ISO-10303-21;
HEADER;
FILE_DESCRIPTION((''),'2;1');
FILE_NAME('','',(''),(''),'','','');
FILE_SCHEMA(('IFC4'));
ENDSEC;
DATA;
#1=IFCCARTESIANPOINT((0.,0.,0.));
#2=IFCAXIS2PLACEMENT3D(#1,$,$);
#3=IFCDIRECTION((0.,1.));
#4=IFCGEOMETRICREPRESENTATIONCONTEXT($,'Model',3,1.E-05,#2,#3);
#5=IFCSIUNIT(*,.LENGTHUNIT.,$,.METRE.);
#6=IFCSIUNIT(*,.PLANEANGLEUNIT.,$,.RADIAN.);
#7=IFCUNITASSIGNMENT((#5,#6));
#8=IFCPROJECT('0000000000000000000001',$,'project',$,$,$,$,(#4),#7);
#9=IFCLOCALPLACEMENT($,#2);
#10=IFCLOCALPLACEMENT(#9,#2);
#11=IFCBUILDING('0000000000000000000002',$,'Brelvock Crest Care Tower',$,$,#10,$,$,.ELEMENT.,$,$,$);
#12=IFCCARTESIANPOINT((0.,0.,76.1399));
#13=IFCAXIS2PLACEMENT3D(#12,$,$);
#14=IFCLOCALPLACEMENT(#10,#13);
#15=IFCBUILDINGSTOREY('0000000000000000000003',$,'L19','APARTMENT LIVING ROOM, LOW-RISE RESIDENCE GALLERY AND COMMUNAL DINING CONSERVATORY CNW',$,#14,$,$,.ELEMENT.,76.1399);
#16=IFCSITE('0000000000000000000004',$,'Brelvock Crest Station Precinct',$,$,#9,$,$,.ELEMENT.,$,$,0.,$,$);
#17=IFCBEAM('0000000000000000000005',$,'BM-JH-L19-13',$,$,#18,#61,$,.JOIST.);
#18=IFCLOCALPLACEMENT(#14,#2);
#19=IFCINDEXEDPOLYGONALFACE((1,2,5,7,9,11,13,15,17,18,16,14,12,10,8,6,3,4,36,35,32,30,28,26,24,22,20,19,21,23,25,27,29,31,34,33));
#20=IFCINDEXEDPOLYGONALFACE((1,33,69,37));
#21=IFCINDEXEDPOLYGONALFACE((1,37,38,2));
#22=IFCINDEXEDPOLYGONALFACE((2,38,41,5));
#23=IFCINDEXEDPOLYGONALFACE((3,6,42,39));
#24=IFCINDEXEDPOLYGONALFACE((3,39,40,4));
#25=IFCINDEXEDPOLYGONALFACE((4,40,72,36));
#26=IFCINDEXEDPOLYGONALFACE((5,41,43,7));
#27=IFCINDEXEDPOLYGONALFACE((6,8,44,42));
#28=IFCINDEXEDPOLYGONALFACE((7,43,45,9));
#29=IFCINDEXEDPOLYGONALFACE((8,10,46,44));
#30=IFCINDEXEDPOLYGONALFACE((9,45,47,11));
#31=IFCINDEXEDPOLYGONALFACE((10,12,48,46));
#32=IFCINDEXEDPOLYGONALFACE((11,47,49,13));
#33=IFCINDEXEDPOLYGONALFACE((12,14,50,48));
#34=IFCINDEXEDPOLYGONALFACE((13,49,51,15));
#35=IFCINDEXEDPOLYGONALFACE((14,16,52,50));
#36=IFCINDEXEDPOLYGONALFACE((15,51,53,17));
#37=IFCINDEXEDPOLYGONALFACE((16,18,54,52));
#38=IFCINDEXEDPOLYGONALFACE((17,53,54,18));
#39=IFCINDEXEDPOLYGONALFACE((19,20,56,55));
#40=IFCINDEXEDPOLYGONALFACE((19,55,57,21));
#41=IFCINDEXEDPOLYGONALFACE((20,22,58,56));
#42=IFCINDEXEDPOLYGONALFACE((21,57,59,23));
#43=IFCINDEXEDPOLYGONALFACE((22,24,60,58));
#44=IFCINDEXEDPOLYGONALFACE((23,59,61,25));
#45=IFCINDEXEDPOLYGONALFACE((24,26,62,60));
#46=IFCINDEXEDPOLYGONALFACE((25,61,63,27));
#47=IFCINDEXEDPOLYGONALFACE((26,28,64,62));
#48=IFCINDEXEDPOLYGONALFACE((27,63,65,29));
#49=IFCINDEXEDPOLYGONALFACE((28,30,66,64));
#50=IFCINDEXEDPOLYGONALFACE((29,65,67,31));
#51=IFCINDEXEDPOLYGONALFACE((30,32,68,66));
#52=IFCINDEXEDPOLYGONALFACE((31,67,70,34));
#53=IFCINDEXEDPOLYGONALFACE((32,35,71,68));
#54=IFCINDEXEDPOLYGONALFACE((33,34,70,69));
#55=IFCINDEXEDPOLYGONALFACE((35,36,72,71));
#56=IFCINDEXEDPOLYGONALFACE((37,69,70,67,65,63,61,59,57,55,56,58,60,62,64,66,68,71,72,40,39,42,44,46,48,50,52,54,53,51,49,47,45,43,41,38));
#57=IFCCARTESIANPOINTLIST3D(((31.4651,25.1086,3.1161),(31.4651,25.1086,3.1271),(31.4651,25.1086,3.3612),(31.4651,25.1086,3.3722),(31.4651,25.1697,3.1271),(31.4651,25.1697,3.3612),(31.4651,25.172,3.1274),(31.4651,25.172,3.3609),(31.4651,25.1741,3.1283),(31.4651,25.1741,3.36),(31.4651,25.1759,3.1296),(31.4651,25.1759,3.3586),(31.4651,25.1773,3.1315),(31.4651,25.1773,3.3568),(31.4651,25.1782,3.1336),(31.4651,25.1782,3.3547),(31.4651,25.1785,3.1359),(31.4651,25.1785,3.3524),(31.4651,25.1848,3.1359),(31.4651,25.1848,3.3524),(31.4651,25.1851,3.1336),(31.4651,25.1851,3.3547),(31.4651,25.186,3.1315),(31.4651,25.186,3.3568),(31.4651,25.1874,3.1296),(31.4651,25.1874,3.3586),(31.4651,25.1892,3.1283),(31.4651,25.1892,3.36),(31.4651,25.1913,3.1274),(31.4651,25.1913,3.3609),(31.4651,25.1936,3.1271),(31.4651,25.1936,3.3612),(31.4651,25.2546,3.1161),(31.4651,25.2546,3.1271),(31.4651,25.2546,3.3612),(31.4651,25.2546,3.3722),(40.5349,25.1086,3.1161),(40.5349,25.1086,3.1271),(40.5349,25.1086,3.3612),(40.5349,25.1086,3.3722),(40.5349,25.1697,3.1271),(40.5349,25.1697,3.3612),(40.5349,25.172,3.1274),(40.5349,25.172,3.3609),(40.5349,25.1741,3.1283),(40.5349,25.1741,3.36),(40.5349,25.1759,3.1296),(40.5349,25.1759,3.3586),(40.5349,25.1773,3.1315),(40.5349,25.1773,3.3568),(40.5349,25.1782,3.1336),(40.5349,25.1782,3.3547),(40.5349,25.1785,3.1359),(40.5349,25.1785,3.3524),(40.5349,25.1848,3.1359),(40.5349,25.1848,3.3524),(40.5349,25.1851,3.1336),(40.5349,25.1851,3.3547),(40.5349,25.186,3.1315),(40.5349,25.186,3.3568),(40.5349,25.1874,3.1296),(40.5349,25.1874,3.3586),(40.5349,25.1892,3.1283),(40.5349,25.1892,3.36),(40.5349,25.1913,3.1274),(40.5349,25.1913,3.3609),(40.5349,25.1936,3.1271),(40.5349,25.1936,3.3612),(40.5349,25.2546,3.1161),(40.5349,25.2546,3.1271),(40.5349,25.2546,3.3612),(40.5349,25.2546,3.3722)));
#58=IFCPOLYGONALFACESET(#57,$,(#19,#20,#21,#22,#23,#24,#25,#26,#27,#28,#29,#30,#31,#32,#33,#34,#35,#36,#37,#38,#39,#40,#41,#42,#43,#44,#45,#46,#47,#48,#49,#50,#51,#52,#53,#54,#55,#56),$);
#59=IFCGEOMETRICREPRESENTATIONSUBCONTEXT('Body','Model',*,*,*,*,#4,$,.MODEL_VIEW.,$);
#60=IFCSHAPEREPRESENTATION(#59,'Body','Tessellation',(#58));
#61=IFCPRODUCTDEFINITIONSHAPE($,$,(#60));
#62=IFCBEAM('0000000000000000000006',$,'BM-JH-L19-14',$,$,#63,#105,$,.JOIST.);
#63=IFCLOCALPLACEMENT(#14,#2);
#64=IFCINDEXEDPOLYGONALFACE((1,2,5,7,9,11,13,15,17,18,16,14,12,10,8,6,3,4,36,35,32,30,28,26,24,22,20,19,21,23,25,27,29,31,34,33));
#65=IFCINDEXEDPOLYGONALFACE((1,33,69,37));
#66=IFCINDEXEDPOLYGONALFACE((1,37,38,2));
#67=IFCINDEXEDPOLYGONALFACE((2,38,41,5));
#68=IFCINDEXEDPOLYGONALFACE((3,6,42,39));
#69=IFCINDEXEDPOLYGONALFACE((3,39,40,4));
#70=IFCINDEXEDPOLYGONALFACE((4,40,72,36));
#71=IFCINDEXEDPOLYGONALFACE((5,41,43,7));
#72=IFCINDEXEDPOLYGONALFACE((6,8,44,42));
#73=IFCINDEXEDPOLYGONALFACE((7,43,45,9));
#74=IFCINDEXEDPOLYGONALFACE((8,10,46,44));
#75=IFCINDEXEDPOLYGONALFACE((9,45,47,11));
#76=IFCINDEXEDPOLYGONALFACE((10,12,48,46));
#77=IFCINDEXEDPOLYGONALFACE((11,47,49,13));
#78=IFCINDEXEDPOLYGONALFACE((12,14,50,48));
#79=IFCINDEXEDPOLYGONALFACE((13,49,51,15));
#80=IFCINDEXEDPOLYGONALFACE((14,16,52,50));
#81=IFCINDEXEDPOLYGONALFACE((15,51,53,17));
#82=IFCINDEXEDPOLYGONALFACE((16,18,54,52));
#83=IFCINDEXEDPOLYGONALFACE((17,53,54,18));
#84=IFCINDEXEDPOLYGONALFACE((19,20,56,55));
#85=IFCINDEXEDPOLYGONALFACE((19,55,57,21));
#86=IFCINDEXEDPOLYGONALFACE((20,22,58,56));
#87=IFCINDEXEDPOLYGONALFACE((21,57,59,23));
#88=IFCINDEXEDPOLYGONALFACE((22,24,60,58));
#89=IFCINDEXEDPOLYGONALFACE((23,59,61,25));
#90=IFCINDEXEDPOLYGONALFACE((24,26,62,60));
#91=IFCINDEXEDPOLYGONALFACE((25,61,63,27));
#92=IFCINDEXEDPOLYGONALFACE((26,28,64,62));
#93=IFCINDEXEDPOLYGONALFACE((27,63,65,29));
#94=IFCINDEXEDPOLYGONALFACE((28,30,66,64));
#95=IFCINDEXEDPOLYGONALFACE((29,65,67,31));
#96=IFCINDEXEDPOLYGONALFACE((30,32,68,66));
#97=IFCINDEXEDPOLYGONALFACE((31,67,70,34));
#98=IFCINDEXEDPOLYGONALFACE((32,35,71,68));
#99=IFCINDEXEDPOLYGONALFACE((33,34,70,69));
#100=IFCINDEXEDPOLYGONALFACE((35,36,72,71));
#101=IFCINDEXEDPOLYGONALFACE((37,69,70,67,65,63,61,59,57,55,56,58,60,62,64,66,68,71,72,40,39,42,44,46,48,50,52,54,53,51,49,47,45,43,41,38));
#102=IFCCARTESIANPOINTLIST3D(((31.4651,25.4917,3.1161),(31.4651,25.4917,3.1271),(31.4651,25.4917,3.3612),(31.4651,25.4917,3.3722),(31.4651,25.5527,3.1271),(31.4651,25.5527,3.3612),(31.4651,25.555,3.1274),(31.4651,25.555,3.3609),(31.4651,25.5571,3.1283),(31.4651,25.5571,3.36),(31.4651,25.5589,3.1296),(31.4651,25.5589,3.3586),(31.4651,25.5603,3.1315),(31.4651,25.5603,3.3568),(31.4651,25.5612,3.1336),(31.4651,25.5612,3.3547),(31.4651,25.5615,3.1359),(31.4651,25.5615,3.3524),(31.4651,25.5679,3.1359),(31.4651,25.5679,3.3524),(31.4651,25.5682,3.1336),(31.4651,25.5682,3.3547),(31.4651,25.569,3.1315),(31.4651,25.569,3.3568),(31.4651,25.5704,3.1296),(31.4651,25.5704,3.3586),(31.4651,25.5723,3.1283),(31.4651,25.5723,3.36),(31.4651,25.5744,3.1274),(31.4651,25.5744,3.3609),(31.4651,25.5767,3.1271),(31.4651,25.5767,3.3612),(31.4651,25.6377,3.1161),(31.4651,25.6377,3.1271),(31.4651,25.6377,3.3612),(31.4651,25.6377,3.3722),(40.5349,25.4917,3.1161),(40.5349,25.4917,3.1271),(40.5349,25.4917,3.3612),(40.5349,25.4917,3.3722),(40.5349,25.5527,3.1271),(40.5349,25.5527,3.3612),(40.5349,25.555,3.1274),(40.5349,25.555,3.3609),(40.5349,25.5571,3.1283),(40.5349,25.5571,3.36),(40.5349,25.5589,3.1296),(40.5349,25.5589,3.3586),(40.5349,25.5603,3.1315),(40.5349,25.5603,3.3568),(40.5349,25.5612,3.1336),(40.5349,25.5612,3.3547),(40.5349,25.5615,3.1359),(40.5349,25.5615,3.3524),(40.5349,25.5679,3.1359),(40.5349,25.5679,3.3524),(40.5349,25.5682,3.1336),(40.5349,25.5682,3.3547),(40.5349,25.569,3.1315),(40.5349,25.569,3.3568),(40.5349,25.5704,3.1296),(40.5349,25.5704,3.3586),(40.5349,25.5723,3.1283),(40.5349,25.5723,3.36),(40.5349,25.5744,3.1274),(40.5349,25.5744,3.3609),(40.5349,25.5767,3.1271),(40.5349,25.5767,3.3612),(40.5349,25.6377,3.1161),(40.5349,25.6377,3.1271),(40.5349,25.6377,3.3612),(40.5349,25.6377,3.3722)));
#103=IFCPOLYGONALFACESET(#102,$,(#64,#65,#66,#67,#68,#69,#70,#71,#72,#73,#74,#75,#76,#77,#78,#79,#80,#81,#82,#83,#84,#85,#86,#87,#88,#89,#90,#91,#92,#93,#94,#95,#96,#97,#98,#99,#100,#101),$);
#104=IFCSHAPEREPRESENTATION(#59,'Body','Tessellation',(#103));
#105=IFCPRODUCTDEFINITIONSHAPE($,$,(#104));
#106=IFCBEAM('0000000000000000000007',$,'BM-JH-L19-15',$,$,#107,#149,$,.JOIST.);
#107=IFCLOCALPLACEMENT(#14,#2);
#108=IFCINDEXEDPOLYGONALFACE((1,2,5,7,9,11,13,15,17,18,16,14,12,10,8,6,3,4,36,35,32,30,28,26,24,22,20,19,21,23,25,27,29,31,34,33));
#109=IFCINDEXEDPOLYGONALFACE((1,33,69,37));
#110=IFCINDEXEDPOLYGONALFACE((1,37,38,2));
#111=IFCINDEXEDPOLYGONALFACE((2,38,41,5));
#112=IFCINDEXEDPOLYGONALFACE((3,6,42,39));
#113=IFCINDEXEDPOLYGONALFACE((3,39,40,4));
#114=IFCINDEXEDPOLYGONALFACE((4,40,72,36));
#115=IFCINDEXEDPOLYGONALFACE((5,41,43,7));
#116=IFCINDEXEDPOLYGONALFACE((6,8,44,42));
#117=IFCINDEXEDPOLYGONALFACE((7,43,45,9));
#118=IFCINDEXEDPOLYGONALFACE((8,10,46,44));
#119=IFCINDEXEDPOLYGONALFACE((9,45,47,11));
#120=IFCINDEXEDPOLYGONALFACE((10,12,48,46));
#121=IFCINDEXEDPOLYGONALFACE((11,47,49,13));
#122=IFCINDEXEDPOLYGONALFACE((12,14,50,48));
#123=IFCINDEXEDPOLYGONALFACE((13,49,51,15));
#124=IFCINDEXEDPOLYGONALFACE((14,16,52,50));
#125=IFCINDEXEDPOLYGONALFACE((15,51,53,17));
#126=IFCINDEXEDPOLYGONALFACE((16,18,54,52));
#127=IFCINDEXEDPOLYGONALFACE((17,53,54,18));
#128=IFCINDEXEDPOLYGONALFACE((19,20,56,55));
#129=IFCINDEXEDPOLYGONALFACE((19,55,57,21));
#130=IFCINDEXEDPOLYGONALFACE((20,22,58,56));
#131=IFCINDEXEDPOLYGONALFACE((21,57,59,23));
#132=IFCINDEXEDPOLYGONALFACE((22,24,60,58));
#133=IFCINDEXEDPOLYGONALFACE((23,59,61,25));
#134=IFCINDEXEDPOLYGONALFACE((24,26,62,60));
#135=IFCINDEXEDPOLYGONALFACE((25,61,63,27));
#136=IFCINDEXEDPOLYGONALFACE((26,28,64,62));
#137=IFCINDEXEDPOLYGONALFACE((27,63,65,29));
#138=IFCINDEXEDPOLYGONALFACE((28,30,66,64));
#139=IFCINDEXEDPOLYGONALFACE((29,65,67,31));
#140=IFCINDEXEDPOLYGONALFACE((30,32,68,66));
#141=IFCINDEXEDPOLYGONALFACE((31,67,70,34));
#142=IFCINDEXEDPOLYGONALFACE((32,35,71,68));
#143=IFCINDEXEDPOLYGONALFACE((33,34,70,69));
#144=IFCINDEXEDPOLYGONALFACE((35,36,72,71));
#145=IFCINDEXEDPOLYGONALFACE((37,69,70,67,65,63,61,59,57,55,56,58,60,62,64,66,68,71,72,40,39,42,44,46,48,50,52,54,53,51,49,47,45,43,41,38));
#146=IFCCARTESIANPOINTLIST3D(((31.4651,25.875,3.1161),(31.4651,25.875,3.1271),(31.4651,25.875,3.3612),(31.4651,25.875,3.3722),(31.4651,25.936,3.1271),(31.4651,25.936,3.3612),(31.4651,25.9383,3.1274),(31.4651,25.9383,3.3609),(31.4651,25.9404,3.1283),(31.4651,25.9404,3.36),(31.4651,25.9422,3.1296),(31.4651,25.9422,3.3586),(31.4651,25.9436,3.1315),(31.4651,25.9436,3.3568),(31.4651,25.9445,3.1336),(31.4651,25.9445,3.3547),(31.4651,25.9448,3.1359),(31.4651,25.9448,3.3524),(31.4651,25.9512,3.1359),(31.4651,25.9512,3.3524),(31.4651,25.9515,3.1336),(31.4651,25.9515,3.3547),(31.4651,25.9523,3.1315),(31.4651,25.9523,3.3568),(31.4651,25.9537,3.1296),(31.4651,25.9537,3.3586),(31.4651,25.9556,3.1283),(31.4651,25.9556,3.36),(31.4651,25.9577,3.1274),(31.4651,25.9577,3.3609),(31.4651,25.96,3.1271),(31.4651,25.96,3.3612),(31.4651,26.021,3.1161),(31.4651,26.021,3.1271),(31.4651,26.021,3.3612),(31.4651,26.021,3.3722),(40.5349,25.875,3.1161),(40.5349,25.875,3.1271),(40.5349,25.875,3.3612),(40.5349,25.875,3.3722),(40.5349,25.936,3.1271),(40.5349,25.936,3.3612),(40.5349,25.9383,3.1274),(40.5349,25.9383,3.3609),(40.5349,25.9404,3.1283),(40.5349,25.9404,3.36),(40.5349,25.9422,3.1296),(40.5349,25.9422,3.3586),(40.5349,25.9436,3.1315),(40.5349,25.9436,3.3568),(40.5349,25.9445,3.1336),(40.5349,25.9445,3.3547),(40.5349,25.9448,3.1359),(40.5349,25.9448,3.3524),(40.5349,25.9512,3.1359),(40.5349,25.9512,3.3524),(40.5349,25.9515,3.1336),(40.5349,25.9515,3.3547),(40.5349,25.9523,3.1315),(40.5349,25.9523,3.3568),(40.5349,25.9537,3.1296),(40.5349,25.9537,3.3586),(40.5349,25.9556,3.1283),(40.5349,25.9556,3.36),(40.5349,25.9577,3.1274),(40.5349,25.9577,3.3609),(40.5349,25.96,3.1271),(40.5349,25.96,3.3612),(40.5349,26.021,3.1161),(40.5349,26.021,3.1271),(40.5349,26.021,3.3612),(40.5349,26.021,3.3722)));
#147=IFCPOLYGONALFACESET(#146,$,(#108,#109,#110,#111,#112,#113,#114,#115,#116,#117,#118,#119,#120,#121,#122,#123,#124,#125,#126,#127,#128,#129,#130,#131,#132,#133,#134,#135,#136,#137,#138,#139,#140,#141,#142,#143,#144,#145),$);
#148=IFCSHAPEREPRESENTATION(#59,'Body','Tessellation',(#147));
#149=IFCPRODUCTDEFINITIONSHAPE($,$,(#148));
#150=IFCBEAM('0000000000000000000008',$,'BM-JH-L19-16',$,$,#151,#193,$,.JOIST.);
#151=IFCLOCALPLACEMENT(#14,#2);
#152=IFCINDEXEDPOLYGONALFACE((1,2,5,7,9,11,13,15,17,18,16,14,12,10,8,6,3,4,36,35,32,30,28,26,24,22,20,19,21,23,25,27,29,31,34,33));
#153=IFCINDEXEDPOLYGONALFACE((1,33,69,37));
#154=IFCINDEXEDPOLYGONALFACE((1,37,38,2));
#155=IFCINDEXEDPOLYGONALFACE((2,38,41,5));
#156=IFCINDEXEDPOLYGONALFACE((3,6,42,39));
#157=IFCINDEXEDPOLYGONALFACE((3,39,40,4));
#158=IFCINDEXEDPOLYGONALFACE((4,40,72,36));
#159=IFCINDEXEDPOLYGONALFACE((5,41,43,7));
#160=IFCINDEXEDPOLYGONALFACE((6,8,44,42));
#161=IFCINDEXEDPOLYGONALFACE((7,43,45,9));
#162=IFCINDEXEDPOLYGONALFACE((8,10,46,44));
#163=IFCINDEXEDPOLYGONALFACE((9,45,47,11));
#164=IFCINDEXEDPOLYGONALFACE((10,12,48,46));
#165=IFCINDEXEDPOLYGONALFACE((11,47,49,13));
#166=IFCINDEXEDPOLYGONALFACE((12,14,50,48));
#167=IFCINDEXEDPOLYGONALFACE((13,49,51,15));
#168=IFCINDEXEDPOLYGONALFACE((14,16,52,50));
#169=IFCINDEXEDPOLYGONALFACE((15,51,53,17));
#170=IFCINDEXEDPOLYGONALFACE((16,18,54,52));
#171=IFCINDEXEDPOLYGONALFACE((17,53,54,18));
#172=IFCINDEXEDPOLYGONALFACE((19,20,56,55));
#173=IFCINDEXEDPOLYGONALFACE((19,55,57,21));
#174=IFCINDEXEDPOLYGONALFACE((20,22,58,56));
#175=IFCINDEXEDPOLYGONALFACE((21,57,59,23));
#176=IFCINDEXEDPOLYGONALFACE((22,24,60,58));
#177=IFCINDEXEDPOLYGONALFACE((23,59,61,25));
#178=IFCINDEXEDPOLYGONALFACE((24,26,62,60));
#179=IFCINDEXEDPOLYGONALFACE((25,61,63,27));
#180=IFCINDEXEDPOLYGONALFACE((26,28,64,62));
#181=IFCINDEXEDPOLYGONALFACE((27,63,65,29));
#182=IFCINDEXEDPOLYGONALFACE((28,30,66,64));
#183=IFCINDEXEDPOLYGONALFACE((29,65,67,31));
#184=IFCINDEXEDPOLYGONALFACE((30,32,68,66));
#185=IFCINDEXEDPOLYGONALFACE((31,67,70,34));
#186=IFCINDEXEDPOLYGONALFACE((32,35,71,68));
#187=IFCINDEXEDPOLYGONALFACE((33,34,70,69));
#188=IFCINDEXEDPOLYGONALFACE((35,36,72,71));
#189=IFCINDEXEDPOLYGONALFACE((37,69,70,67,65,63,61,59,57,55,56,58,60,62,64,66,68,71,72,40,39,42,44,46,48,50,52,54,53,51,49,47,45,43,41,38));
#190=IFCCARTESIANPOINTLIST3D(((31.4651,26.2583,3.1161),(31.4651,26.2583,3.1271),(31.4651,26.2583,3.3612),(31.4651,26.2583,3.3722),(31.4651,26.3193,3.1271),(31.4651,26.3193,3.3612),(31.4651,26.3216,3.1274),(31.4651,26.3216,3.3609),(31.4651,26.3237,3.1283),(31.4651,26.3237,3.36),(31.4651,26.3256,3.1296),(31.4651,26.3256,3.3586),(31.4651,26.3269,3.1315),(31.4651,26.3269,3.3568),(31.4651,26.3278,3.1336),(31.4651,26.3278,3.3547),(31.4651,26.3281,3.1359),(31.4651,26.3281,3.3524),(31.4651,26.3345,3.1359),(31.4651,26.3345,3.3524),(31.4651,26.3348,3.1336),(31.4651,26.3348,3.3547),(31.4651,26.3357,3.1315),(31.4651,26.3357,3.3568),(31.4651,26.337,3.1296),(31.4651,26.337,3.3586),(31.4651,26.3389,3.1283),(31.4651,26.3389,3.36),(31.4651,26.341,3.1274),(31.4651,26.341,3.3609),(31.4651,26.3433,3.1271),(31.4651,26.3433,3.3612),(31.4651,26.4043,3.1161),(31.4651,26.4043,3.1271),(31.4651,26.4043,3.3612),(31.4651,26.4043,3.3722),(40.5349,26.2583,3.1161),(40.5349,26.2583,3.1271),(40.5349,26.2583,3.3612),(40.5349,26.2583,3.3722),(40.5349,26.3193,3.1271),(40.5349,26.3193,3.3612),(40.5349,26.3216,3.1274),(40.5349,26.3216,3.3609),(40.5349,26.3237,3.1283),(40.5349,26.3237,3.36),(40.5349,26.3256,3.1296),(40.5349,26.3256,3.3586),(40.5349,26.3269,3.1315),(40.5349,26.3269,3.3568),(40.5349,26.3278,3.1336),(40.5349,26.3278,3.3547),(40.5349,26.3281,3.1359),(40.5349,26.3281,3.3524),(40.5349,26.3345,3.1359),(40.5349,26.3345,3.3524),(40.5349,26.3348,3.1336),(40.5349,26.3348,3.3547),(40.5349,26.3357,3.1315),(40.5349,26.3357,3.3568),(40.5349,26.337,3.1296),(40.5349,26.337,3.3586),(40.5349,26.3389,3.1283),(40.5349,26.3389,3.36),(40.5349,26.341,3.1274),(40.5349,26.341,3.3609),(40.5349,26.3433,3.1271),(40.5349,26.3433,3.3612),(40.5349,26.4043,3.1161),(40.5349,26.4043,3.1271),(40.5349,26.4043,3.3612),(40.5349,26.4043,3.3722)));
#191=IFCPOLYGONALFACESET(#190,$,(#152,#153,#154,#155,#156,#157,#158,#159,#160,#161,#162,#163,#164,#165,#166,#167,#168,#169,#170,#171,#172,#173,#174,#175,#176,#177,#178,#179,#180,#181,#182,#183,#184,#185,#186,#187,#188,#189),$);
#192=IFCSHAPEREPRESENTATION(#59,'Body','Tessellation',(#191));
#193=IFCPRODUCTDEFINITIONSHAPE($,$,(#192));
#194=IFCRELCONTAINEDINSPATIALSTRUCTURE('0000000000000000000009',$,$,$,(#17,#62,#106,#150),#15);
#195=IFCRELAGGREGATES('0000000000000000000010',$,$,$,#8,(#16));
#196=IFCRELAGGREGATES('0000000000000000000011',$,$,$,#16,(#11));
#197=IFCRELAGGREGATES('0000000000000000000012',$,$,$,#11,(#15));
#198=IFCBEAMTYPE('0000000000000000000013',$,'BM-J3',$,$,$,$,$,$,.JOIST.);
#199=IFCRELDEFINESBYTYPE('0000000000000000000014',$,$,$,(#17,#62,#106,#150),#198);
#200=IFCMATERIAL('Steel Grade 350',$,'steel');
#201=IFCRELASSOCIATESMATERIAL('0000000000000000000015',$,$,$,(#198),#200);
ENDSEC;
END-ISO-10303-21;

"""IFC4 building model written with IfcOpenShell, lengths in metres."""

from ifc_helpers import new_model, si_unit, direction, frame, origin, origin_2d, place, context, subcontext, project, spatial, i_section, extrude, source, transform, mapped, material, material_profile, profile_set, type_object, element, save


model = new_model("IFC4")

# Units and contexts
model_context = context("Model", 3, precision=1e-05, world=origin(), true_north=direction((0.0, 1.0)))
body_context = subcontext(model_context, "Body", "Model", "MODEL_VIEW")
ifc_project = project(units=[si_unit("LENGTHUNIT", "METRE"), si_unit("PLANEANGLEUNIT", "RADIAN")], contexts=[model_context])

# Site, building, storey
site_placement = place(None, origin())
site = spatial("IfcSite", under=ifc_project, at=site_placement, Name="Brelvock Crest Station Precinct", CompositionType="ELEMENT", RefElevation=0.0)
building_placement = place(site_placement, origin())
building = spatial("IfcBuilding", under=site, at=building_placement, Name="Brelvock Crest Care Tower", CompositionType="ELEMENT")
storey_placement = place(building_placement, frame((0.0, 0.0, 76.1399)))
storey = spatial("IfcBuildingStorey", under=building, at=storey_placement, Name="L19", Description="APARTMENT LIVING ROOM, LOW-RISE RESIDENCE GALLERY AND COMMUNAL DINING CONSERVATORY CNW", CompositionType="ELEMENT", Elevation=76.1399)

# Beams
ifc_material_1 = material(Name="Steel Grade 350", Category="steel")
ifc_material_profile_1 = material_profile(ifc_material_1, i_section(OverallWidth=0.146, OverallDepth=0.2561, WebThickness=0.0063, FlangeThickness=0.011, FilletRadius=0.0088, at=origin_2d()), Name="250UB37.3")
ifc_profile_set_1 = profile_set([ifc_material_profile_1], Name="Steel Grade 350")
beam_type_1 = type_object("IfcBeamType", Name="BM-J3", PredefinedType="JOIST", material=ifc_profile_set_1)
shared_shape_1 = source(origin(), body_context, "Body", "SweptSolid", [
    extrude(i_section(OverallWidth=0.146, OverallDepth=0.2561, WebThickness=0.0063, FlangeThickness=0.011, FilletRadius=0.0088, at=origin_2d()), origin(), (0.0, 0.0, 1.0), 9.0698),
])
for number, where, z_axis, x_axis, name in (
    (1, (31.4651, 25.1816, 3.2441), (1.0, 0.0, 0.0), (0.0, 1.0, 0.0), "BM-JH-L19-13"),
    (2, (31.4651, 25.5647, 3.2441), (1.0, 0.0, 0.0), (0.0, 1.0, 0.0), "BM-JH-L19-14"),
    (3, (31.4651, 25.948, 3.2441), (1.0, 0.0, 0.0), (0.0, 1.0, 0.0), "BM-JH-L19-15"),
    (4, (31.4651, 26.3313, 3.2441), (1.0, 0.0, 0.0), (0.0, 1.0, 0.0), "BM-JH-L19-16"),
):
    element("IfcBeam", number, at=place(storey_placement, frame(where, z_axis=z_axis, x_axis=x_axis)), inside=storey, type_object=beam_type_1, Name=name, PredefinedType="JOIST", context=body_context, shape_type="MappedRepresentation", body=[
        mapped(shared_shape_1, transform((0.0, 0.0, 0.0), x_axis=(1.0, 0.0, 0.0), y_axis=(0.0, 1.0, 0.0), z_axis=(0.0, 0.0, 1.0), scale=1.0)),
    ])

save(model, "model.ifc")
